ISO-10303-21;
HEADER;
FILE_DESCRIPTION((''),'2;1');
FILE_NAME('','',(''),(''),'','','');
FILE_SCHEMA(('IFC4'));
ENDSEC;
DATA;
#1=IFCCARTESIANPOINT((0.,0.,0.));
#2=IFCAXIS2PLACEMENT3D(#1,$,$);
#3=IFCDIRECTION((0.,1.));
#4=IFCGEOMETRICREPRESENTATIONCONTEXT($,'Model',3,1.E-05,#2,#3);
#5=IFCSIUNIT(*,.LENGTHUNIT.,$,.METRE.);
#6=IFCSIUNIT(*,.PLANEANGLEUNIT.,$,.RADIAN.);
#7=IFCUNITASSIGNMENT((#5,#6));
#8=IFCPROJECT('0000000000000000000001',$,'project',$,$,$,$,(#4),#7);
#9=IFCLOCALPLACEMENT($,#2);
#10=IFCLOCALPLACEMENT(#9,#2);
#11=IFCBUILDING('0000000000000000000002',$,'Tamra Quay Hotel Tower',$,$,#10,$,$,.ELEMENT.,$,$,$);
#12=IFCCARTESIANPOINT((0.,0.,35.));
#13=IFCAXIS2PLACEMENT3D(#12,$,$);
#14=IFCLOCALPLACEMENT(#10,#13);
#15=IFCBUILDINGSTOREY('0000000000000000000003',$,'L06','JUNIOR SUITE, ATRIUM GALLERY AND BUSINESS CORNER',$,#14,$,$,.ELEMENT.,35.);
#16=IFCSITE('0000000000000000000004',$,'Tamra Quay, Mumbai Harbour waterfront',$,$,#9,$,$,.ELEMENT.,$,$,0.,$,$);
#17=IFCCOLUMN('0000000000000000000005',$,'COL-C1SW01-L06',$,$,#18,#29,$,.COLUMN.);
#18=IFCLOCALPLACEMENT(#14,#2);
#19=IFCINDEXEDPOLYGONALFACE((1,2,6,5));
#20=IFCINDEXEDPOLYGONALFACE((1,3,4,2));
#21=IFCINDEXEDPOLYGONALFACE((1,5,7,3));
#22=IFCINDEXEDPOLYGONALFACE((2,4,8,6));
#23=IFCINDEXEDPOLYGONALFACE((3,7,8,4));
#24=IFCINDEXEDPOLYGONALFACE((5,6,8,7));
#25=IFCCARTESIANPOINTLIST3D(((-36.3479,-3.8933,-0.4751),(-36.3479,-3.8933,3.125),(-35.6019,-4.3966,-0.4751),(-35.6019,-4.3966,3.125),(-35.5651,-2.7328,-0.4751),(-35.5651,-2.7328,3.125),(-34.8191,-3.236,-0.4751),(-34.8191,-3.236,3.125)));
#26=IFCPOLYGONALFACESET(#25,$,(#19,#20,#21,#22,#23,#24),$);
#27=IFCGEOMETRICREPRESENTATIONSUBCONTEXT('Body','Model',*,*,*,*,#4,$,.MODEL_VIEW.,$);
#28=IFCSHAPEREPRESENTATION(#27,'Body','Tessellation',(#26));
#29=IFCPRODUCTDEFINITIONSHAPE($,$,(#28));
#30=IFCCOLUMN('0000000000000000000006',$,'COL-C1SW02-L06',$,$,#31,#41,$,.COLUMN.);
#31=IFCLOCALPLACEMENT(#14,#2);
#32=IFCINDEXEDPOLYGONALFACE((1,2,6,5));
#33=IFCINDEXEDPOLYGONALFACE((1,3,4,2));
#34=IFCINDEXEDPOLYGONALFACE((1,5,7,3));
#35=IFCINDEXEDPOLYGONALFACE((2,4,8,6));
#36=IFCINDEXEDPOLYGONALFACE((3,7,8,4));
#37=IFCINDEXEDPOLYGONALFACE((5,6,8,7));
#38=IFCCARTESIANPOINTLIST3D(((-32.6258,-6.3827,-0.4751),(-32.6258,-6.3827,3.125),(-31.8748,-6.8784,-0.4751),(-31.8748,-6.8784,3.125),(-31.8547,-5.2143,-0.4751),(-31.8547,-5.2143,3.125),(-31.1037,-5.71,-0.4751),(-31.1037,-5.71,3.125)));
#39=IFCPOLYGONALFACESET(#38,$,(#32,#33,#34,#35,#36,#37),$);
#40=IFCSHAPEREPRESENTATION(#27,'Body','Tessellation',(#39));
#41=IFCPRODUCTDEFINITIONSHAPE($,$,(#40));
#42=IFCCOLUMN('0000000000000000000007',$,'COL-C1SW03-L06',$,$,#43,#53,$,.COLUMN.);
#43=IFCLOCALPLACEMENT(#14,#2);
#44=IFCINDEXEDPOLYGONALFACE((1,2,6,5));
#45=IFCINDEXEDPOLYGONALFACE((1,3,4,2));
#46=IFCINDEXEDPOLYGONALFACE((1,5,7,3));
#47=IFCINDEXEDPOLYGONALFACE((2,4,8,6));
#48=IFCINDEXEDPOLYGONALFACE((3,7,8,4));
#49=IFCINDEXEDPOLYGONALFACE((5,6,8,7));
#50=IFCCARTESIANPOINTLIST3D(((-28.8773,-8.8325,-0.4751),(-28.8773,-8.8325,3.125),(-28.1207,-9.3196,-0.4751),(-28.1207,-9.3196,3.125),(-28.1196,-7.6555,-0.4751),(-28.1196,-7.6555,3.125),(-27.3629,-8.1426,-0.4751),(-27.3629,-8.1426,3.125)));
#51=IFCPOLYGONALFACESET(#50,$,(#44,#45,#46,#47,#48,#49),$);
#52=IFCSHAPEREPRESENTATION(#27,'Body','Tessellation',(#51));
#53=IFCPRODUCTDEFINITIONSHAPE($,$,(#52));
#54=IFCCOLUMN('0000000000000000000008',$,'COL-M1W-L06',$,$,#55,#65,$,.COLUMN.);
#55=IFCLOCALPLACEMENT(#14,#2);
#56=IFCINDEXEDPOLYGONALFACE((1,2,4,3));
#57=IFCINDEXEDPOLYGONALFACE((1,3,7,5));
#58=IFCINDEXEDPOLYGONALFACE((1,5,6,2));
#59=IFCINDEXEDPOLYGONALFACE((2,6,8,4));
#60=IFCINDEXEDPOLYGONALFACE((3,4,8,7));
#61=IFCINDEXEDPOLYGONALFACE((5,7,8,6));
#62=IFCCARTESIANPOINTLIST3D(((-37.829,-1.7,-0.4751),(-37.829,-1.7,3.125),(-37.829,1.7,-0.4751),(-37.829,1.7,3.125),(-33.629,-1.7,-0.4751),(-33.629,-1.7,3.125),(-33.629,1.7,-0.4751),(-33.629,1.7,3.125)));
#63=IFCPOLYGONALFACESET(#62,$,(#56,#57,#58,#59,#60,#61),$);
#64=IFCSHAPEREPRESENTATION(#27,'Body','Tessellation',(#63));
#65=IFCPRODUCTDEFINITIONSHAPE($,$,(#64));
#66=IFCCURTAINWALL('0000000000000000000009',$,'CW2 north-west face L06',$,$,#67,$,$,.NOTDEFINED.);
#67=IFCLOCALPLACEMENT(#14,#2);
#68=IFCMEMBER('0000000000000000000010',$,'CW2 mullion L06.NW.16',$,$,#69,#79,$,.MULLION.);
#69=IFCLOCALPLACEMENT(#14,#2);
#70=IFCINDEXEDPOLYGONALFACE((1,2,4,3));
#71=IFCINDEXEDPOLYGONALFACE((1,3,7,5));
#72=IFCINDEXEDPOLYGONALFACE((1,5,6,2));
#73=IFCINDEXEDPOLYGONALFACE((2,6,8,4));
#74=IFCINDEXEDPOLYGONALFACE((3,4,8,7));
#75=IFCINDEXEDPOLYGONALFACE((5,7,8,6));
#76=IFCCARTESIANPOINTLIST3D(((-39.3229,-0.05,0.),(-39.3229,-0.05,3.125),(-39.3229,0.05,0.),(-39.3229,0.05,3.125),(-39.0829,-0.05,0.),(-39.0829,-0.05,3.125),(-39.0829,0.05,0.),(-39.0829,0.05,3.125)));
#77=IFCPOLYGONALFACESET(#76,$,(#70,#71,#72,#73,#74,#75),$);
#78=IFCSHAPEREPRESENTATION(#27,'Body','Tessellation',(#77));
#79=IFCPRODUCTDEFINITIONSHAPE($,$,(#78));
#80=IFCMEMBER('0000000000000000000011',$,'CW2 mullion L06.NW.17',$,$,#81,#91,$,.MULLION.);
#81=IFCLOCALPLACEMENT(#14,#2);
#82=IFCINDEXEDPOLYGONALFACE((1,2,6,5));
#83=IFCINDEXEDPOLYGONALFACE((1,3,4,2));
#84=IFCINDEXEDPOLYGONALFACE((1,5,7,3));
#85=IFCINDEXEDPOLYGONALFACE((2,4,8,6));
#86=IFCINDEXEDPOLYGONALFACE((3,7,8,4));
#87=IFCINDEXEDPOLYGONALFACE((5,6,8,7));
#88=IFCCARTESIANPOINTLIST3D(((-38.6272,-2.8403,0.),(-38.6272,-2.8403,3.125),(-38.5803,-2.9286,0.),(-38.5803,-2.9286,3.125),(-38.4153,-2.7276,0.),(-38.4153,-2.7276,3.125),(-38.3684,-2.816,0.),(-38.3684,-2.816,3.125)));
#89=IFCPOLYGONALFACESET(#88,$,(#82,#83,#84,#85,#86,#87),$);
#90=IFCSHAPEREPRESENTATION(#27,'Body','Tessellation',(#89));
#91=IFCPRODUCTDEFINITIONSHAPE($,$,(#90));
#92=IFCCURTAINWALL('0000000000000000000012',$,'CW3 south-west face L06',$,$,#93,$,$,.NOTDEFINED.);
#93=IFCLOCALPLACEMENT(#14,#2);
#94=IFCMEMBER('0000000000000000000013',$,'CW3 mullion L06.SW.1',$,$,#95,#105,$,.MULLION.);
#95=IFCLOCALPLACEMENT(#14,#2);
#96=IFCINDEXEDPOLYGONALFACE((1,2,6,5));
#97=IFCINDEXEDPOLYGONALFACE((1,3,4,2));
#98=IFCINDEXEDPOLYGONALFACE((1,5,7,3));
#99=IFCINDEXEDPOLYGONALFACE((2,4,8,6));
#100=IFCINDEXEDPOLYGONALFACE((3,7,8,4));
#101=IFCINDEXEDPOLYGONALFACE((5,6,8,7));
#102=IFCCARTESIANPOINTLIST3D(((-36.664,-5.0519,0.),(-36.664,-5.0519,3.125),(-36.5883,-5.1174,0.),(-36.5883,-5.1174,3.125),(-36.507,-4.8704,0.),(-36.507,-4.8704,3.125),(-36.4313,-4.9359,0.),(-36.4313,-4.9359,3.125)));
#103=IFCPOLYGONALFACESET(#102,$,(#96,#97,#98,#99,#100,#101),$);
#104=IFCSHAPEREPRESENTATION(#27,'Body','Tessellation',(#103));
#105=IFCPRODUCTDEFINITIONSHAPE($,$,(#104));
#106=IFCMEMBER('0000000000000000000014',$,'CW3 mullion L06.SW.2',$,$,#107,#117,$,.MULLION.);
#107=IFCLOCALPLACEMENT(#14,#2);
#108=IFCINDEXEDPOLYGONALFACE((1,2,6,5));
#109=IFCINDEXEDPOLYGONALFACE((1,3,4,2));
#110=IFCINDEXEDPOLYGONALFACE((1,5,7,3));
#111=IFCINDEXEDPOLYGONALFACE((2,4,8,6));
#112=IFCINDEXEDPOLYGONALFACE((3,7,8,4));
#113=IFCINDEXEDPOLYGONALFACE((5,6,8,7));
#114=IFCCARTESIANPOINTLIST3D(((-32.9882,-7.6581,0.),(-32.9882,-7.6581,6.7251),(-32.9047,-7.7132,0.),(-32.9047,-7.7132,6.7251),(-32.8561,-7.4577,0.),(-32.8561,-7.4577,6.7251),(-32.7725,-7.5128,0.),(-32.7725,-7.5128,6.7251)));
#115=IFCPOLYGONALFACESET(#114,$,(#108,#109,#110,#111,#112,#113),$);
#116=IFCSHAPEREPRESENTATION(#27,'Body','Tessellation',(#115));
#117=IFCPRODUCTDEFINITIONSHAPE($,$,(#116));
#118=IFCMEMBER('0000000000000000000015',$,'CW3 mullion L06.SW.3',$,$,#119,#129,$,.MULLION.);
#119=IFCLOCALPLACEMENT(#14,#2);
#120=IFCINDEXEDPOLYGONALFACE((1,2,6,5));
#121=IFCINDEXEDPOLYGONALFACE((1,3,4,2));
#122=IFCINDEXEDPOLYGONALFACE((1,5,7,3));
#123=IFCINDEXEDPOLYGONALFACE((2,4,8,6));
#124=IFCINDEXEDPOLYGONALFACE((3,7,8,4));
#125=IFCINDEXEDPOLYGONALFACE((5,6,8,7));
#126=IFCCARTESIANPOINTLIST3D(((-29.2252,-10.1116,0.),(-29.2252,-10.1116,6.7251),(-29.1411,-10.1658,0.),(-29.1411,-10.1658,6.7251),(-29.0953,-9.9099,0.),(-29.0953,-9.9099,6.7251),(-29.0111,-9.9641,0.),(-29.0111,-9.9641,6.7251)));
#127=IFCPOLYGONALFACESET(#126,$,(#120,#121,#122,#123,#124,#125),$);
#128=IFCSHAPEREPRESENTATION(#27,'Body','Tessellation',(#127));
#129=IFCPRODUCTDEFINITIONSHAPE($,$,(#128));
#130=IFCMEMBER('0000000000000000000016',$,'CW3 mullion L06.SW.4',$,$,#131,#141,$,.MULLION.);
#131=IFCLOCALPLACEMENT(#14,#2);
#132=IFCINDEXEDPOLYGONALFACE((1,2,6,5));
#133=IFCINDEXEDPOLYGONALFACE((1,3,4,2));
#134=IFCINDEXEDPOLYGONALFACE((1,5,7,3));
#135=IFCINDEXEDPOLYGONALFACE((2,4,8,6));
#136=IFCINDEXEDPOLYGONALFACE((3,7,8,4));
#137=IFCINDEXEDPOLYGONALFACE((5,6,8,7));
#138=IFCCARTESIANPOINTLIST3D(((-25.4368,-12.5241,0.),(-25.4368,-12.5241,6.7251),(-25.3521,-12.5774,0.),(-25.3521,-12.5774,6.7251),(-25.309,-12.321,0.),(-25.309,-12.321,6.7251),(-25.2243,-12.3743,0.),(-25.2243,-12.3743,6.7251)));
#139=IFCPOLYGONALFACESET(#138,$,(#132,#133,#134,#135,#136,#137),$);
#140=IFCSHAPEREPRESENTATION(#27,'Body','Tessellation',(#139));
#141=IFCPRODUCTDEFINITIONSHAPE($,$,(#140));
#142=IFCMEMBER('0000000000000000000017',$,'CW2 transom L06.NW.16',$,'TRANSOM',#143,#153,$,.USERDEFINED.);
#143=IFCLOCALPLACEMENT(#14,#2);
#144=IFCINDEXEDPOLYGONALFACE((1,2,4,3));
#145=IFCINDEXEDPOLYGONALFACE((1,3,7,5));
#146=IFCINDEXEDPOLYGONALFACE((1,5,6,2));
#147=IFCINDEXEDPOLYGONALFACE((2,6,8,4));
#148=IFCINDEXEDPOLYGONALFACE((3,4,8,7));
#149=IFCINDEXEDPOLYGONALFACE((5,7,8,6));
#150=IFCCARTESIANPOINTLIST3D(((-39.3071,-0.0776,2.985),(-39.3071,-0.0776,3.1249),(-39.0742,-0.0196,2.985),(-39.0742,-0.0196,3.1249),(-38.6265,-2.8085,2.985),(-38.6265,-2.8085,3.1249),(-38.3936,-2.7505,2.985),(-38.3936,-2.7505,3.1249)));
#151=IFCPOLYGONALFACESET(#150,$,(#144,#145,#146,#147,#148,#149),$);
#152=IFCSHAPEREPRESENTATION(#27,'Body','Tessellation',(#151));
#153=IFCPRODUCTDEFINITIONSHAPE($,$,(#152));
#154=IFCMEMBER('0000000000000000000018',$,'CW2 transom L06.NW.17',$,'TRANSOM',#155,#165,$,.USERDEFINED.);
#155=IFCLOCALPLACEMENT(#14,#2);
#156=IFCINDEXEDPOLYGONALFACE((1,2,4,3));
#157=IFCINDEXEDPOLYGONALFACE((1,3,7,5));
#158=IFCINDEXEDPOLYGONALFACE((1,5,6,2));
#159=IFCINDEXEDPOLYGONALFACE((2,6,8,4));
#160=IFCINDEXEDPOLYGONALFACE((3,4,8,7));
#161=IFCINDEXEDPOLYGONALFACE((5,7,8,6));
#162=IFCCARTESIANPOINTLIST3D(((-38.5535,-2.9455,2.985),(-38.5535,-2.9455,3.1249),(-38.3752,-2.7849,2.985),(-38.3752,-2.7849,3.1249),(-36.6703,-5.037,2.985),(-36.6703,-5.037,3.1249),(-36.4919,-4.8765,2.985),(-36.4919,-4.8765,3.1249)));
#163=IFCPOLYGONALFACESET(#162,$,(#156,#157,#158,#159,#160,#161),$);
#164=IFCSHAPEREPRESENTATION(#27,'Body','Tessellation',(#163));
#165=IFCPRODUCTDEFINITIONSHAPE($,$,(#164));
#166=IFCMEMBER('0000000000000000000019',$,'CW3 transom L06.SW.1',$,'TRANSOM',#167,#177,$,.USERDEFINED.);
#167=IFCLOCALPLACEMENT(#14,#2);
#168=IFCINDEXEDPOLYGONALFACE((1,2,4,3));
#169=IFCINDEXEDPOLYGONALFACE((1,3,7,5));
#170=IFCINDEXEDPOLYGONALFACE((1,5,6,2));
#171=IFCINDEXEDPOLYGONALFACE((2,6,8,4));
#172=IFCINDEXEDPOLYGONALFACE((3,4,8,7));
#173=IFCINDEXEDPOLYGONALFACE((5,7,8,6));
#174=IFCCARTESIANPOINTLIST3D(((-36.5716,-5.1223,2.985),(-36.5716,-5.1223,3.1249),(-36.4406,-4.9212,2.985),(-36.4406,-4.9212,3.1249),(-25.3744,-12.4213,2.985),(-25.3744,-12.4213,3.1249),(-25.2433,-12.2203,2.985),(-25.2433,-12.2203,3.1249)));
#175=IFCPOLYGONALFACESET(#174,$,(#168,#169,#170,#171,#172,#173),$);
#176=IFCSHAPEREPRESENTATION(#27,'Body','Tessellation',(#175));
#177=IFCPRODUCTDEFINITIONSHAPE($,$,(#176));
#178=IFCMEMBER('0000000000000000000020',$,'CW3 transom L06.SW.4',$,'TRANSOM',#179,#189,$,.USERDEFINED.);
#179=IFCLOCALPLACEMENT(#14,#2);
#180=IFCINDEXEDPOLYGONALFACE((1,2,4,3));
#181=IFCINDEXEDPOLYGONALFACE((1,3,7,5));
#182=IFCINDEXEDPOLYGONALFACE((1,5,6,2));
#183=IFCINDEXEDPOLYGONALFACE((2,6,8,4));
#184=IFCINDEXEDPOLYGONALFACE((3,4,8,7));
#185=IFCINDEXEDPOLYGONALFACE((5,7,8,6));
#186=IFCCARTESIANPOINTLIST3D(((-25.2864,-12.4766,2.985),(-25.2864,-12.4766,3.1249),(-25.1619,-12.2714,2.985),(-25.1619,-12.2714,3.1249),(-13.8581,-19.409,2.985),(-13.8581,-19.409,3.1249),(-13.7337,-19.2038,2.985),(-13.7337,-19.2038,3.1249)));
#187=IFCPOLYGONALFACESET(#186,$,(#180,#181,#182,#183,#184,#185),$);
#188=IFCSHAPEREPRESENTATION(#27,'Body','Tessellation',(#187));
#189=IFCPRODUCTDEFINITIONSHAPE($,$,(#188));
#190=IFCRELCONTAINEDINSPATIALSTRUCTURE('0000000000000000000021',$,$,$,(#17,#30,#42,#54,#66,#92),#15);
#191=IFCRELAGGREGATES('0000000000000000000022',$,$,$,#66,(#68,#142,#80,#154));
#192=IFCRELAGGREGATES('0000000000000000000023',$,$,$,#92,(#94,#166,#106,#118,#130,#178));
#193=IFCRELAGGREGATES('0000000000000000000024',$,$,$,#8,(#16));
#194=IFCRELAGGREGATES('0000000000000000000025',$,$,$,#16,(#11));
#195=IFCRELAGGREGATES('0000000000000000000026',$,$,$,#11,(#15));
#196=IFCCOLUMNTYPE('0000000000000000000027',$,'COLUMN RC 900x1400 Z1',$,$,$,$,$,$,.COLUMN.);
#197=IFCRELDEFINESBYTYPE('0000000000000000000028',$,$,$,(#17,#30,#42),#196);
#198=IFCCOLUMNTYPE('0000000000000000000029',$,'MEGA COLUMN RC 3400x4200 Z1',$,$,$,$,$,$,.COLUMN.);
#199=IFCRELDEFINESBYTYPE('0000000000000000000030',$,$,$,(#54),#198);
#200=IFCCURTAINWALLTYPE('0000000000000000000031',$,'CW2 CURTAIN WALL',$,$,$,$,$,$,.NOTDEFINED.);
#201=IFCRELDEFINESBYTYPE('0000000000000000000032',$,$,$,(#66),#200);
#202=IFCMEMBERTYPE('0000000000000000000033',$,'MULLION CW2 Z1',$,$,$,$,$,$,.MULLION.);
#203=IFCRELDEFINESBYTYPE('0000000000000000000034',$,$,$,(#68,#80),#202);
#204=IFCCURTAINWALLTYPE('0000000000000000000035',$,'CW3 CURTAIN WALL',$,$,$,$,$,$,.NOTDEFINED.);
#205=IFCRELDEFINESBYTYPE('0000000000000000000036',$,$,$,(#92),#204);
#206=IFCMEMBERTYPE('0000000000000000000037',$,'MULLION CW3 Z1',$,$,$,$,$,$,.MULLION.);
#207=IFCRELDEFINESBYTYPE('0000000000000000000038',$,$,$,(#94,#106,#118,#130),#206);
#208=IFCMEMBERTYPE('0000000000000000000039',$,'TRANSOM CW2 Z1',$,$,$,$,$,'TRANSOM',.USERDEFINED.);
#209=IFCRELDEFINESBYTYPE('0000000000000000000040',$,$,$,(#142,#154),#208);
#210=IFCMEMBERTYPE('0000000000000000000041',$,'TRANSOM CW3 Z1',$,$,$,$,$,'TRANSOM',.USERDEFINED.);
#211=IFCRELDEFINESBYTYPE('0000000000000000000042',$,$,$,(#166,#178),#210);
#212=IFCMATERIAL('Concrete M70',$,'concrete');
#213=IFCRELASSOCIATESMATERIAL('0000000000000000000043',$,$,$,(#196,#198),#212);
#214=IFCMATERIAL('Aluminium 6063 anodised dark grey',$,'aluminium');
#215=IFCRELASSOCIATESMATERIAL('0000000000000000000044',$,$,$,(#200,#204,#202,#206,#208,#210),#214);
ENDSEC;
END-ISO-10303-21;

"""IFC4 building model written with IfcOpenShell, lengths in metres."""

from ifc_helpers import new_model, si_unit, direction, frame, origin, origin_2d, place, context, subcontext, project, spatial, rectangle, extrude, material, material_profile, profile_set, type_object, element, aggregate, save


model = new_model("IFC4")

# Units and contexts
model_context = context("Model", 3, precision=1e-05, world=origin(), true_north=direction((0.0, 1.0)))
body_context = subcontext(model_context, "Body", "Model", "MODEL_VIEW")
ifc_project = project(units=[si_unit("LENGTHUNIT", "METRE"), si_unit("PLANEANGLEUNIT", "RADIAN")], contexts=[model_context])

# Site, building, storey
site_placement = place(None, origin())
site = spatial("IfcSite", under=ifc_project, at=site_placement, Name="Tamra Quay, Mumbai Harbour waterfront", CompositionType="ELEMENT", RefElevation=0.0)
building_placement = place(site_placement, origin())
building = spatial("IfcBuilding", under=site, at=building_placement, Name="Tamra Quay Hotel Tower", CompositionType="ELEMENT")
storey_placement = place(building_placement, frame((0.0, 0.0, 35.0)))
storey = spatial("IfcBuildingStorey", under=building, at=storey_placement, Name="L06", Description="JUNIOR SUITE, ATRIUM GALLERY AND BUSINESS CORNER", CompositionType="ELEMENT", Elevation=35.0)

# Columns
ifc_material_1 = material(Name="Concrete M70", Category="concrete")
ifc_material_profile_1 = material_profile(ifc_material_1, rectangle(XDim=1.3999, YDim=0.8999, at=origin_2d()), Name="COLUMN RC 900x1400 Z1")
ifc_profile_set_1 = profile_set([ifc_material_profile_1], Name="Concrete M70")
column_type_1 = type_object("IfcColumnType", Name="COLUMN RC 900x1400 Z1", PredefinedType="COLUMN", material=ifc_profile_set_1)
for number, where, z_axis, x_axis, name in (
    (1, (-35.5835, -3.5647, -0.4751), (0.0, 0.0, 1.0), (0.55922, 0.829019, 0.0), "COL-C1SW01-L06"),
    (2, (-31.8647, -6.0464, -0.4751), (0.0, 0.0, 1.0), (0.550838, 0.834612, 0.0), "COL-C1SW02-L06"),
    (3, (-28.1201, -8.4875, -0.4751), (0.0, 0.0, 1.0), (0.541283, 0.840841, 0.0), "COL-C1SW03-L06"),
):
    element("IfcColumn", number, at=place(storey_placement, frame(where, z_axis=z_axis, x_axis=x_axis)), inside=storey, type_object=column_type_1, Name=name, PredefinedType="COLUMN", context=body_context, shape_type="SweptSolid", body=[
        extrude(rectangle(XDim=1.3999, YDim=0.8999, at=origin_2d()), origin(), (0.0, 0.0, 1.0), 3.6001),
    ])
ifc_material_profile_2 = material_profile(ifc_material_1, rectangle(XDim=4.2, YDim=3.3999, at=origin_2d()), Name="MEGA COLUMN RC 3400x4200 Z1")
ifc_profile_set_2 = profile_set([ifc_material_profile_2], Name="Concrete M70")
column_type_2 = type_object("IfcColumnType", Name="MEGA COLUMN RC 3400x4200 Z1", PredefinedType="COLUMN", material=ifc_profile_set_2)
column_placement = place(storey_placement, frame((-35.729, 0.0, -0.4751), z_axis=(0.0, 0.0, 1.0), x_axis=(1.0, 0.0, 0.0)))
element("IfcColumn", 4, at=column_placement, inside=storey, type_object=column_type_2, Name="COL-M1W-L06", PredefinedType="COLUMN", context=body_context, shape_type="SweptSolid", body=[
    extrude(rectangle(XDim=4.2, YDim=3.3999, at=origin_2d()), origin(), (0.0, 0.0, 1.0), 3.6001),
])

# Curtain walls, members
ifc_material_2 = material(Name="Aluminium 6063 anodised dark grey", Category="aluminium")
curtain_wall_type_1 = type_object("IfcCurtainWallType", Name="CW2 CURTAIN WALL", PredefinedType="NOTDEFINED", material=ifc_material_2)
curtain_wall_1_placement = place(storey_placement, origin())
curtain_wall_1 = element("IfcCurtainWall", 5, at=curtain_wall_1_placement, inside=storey, type_object=curtain_wall_type_1, Name="CW2 north-west face L06", PredefinedType="NOTDEFINED")
ifc_material_profile_3 = material_profile(ifc_material_2, rectangle(XDim=0.24, YDim=0.1001, at=origin_2d()), Name="MULLION 100X240")
ifc_profile_set_3 = profile_set([ifc_material_profile_3], Name="Aluminium 6063 anodised dark grey")
member_type_1 = type_object("IfcMemberType", Name="MULLION CW2 Z1", PredefinedType="MULLION", material=ifc_profile_set_3)
member_1_placement = place(storey_placement, frame((-39.2029, 0.0, 0.0), z_axis=(0.0, 0.0, 1.0), x_axis=(-1.0, 0.0, 0.0)))
member_1 = element("IfcMember", 6, at=member_1_placement, type_object=member_type_1, Name="CW2 mullion L06.NW.16", PredefinedType="MULLION", context=body_context, shape_type="SweptSolid", body=[
    extrude(rectangle(XDim=0.24, YDim=0.1001, at=origin_2d()), origin(), (0.0, 0.0, 1.0), 3.125),
])
member_2_placement = place(storey_placement, frame((-38.4978, -2.8281, 0.0), z_axis=(0.0, 0.0, 1.0), x_axis=(-0.882955, -0.469457, 0.0)))
member_2 = element("IfcMember", 7, at=member_2_placement, type_object=member_type_1, Name="CW2 mullion L06.NW.17", PredefinedType="MULLION", context=body_context, shape_type="SweptSolid", body=[
    extrude(rectangle(XDim=0.24, YDim=0.1001, at=origin_2d()), origin(), (0.0, 0.0, 1.0), 3.125),
])
curtain_wall_type_2 = type_object("IfcCurtainWallType", Name="CW3 CURTAIN WALL", PredefinedType="NOTDEFINED", material=ifc_material_2)
curtain_wall_2_placement = place(storey_placement, origin())
curtain_wall_2 = element("IfcCurtainWall", 8, at=curtain_wall_2_placement, inside=storey, type_object=curtain_wall_type_2, Name="CW3 south-west face L06", PredefinedType="NOTDEFINED")
ifc_material_profile_4 = material_profile(ifc_material_2, rectangle(XDim=0.24, YDim=0.1001, at=origin_2d()), Name="MULLION 100X240")
ifc_profile_set_4 = profile_set([ifc_material_profile_4], Name="Aluminium 6063 anodised dark grey")
member_type_2 = type_object("IfcMemberType", Name="MULLION CW3 Z1", PredefinedType="MULLION", material=ifc_profile_set_4)
member_3_placement = place(storey_placement, frame((-36.5476, -4.9939, 0.0), z_axis=(0.0, 0.0, 1.0), x_axis=(-0.654197, -0.756324, 0.0)))
member_3 = element("IfcMember", 9, at=member_3_placement, type_object=member_type_2, Name="CW3 mullion L06.SW.1", PredefinedType="MULLION", context=body_context, shape_type="SweptSolid", body=[
    extrude(rectangle(XDim=0.24, YDim=0.1001, at=origin_2d()), origin(), (0.0, 0.0, 1.0), 3.125),
])
member_4_placement = place(storey_placement, frame((-32.8804, -7.5854, 0.0), z_axis=(0.0, 0.0, 1.0), x_axis=(-0.550591, -0.834775, 0.0)))
member_4 = element("IfcMember", 10, at=member_4_placement, type_object=member_type_2, Name="CW3 mullion L06.SW.2", PredefinedType="MULLION", context=body_context, shape_type="SweptSolid", body=[
    extrude(rectangle(XDim=0.24, YDim=0.1001, at=origin_2d()), origin(), (0.0, 0.0, 1.0), 6.7251),
])
member_5_placement = place(storey_placement, frame((-29.1182, -10.0378, 0.0), z_axis=(0.0, 0.0, 1.0), x_axis=(-0.541561, -0.840662, 0.0)))
member_5 = element("IfcMember", 11, at=member_5_placement, type_object=member_type_2, Name="CW3 mullion L06.SW.3", PredefinedType="MULLION", context=body_context, shape_type="SweptSolid", body=[
    extrude(rectangle(XDim=0.24, YDim=0.1001, at=origin_2d()), origin(), (0.0, 0.0, 1.0), 6.7251),
])
member_6_placement = place(storey_placement, frame((-25.3306, -12.4492, 0.0), z_axis=(0.0, 0.0, 1.0), x_axis=(-0.532447, -0.846463, 0.0)))
member_6 = element("IfcMember", 12, at=member_6_placement, type_object=member_type_2, Name="CW3 mullion L06.SW.4", PredefinedType="MULLION", context=body_context, shape_type="SweptSolid", body=[
    extrude(rectangle(XDim=0.24, YDim=0.1001, at=origin_2d()), origin(), (0.0, 0.0, 1.0), 6.7251),
])

# Members
ifc_material_profile_5 = material_profile(ifc_material_2, rectangle(XDim=0.24, YDim=0.1399, at=origin_2d()), Name="TRANSOM 240X140")
ifc_profile_set_5 = profile_set([ifc_material_profile_5], Name="Aluminium 6063 anodised dark grey")
member_type_3 = type_object("IfcMemberType", Name="TRANSOM CW2 Z1", ElementType="TRANSOM", PredefinedType="USERDEFINED", material=ifc_profile_set_5)
member_7_placement = place(storey_placement, frame((-39.1907, -0.0486, 3.0549), z_axis=(0.241842, -0.970316, 0.0), x_axis=(0.970316, 0.241842, 0.0)))
member_7 = element("IfcMember", 13, at=member_7_placement, type_object=member_type_3, Name="CW2 transom L06.NW.16", ObjectType="TRANSOM", PredefinedType="USERDEFINED", context=body_context, shape_type="SweptSolid", body=[
    extrude(rectangle(XDim=0.24, YDim=0.1399, at=origin_2d()), origin(), (0.0, 0.0, 1.0), 2.8145),
])
member_8_placement = place(storey_placement, frame((-38.4644, -2.8652, 3.0549), z_axis=(0.669142, -0.743135, 0.0), x_axis=(0.743135, 0.669142, 0.0)))
member_8 = element("IfcMember", 14, at=member_8_placement, type_object=member_type_3, Name="CW2 transom L06.NW.17", ObjectType="TRANSOM", PredefinedType="USERDEFINED", context=body_context, shape_type="SweptSolid", body=[
    extrude(rectangle(XDim=0.24, YDim=0.1399, at=origin_2d()), origin(), (0.0, 0.0, 1.0), 2.8145),
])
ifc_material_profile_6 = material_profile(ifc_material_2, rectangle(XDim=0.24, YDim=0.1399, at=origin_2d()), Name="TRANSOM 240X140")
ifc_profile_set_6 = profile_set([ifc_material_profile_6], Name="Aluminium 6063 anodised dark grey")
member_type_4 = type_object("IfcMemberType", Name="TRANSOM CW3 Z1", ElementType="TRANSOM", PredefinedType="USERDEFINED", material=ifc_profile_set_6)
member_9_placement = place(storey_placement, frame((-36.5061, -5.0217, 3.0549), z_axis=(0.83773, -0.546084, 0.0), x_axis=(0.546084, 0.83773, 0.0)))
member_9 = element("IfcMember", 15, at=member_9_placement, type_object=member_type_4, Name="CW3 transom L06.SW.1", ObjectType="TRANSOM", PredefinedType="USERDEFINED", context=body_context, shape_type="SweptSolid", body=[
    extrude(rectangle(XDim=0.24, YDim=0.1399, at=origin_2d()), origin(), (0.0, 0.0, 1.0), 13.3662),
])
member_10_placement = place(storey_placement, frame((-25.2241, -12.374, 3.0549), z_axis=(0.854993, -0.51864, 0.0), x_axis=(0.51864, 0.854993, 0.0)))
member_10 = element("IfcMember", 16, at=member_10_placement, type_object=member_type_4, Name="CW3 transom L06.SW.4", ObjectType="TRANSOM", PredefinedType="USERDEFINED", context=body_context, shape_type="SweptSolid", body=[
    extrude(rectangle(XDim=0.24, YDim=0.1399, at=origin_2d()), origin(), (0.0, 0.0, 1.0), 13.3665),
])

aggregate(curtain_wall_1, [member_1, member_7, member_2, member_8])
aggregate(curtain_wall_2, [member_3, member_9, member_4, member_5, member_6, member_10])

save(model, "model.ifc")
